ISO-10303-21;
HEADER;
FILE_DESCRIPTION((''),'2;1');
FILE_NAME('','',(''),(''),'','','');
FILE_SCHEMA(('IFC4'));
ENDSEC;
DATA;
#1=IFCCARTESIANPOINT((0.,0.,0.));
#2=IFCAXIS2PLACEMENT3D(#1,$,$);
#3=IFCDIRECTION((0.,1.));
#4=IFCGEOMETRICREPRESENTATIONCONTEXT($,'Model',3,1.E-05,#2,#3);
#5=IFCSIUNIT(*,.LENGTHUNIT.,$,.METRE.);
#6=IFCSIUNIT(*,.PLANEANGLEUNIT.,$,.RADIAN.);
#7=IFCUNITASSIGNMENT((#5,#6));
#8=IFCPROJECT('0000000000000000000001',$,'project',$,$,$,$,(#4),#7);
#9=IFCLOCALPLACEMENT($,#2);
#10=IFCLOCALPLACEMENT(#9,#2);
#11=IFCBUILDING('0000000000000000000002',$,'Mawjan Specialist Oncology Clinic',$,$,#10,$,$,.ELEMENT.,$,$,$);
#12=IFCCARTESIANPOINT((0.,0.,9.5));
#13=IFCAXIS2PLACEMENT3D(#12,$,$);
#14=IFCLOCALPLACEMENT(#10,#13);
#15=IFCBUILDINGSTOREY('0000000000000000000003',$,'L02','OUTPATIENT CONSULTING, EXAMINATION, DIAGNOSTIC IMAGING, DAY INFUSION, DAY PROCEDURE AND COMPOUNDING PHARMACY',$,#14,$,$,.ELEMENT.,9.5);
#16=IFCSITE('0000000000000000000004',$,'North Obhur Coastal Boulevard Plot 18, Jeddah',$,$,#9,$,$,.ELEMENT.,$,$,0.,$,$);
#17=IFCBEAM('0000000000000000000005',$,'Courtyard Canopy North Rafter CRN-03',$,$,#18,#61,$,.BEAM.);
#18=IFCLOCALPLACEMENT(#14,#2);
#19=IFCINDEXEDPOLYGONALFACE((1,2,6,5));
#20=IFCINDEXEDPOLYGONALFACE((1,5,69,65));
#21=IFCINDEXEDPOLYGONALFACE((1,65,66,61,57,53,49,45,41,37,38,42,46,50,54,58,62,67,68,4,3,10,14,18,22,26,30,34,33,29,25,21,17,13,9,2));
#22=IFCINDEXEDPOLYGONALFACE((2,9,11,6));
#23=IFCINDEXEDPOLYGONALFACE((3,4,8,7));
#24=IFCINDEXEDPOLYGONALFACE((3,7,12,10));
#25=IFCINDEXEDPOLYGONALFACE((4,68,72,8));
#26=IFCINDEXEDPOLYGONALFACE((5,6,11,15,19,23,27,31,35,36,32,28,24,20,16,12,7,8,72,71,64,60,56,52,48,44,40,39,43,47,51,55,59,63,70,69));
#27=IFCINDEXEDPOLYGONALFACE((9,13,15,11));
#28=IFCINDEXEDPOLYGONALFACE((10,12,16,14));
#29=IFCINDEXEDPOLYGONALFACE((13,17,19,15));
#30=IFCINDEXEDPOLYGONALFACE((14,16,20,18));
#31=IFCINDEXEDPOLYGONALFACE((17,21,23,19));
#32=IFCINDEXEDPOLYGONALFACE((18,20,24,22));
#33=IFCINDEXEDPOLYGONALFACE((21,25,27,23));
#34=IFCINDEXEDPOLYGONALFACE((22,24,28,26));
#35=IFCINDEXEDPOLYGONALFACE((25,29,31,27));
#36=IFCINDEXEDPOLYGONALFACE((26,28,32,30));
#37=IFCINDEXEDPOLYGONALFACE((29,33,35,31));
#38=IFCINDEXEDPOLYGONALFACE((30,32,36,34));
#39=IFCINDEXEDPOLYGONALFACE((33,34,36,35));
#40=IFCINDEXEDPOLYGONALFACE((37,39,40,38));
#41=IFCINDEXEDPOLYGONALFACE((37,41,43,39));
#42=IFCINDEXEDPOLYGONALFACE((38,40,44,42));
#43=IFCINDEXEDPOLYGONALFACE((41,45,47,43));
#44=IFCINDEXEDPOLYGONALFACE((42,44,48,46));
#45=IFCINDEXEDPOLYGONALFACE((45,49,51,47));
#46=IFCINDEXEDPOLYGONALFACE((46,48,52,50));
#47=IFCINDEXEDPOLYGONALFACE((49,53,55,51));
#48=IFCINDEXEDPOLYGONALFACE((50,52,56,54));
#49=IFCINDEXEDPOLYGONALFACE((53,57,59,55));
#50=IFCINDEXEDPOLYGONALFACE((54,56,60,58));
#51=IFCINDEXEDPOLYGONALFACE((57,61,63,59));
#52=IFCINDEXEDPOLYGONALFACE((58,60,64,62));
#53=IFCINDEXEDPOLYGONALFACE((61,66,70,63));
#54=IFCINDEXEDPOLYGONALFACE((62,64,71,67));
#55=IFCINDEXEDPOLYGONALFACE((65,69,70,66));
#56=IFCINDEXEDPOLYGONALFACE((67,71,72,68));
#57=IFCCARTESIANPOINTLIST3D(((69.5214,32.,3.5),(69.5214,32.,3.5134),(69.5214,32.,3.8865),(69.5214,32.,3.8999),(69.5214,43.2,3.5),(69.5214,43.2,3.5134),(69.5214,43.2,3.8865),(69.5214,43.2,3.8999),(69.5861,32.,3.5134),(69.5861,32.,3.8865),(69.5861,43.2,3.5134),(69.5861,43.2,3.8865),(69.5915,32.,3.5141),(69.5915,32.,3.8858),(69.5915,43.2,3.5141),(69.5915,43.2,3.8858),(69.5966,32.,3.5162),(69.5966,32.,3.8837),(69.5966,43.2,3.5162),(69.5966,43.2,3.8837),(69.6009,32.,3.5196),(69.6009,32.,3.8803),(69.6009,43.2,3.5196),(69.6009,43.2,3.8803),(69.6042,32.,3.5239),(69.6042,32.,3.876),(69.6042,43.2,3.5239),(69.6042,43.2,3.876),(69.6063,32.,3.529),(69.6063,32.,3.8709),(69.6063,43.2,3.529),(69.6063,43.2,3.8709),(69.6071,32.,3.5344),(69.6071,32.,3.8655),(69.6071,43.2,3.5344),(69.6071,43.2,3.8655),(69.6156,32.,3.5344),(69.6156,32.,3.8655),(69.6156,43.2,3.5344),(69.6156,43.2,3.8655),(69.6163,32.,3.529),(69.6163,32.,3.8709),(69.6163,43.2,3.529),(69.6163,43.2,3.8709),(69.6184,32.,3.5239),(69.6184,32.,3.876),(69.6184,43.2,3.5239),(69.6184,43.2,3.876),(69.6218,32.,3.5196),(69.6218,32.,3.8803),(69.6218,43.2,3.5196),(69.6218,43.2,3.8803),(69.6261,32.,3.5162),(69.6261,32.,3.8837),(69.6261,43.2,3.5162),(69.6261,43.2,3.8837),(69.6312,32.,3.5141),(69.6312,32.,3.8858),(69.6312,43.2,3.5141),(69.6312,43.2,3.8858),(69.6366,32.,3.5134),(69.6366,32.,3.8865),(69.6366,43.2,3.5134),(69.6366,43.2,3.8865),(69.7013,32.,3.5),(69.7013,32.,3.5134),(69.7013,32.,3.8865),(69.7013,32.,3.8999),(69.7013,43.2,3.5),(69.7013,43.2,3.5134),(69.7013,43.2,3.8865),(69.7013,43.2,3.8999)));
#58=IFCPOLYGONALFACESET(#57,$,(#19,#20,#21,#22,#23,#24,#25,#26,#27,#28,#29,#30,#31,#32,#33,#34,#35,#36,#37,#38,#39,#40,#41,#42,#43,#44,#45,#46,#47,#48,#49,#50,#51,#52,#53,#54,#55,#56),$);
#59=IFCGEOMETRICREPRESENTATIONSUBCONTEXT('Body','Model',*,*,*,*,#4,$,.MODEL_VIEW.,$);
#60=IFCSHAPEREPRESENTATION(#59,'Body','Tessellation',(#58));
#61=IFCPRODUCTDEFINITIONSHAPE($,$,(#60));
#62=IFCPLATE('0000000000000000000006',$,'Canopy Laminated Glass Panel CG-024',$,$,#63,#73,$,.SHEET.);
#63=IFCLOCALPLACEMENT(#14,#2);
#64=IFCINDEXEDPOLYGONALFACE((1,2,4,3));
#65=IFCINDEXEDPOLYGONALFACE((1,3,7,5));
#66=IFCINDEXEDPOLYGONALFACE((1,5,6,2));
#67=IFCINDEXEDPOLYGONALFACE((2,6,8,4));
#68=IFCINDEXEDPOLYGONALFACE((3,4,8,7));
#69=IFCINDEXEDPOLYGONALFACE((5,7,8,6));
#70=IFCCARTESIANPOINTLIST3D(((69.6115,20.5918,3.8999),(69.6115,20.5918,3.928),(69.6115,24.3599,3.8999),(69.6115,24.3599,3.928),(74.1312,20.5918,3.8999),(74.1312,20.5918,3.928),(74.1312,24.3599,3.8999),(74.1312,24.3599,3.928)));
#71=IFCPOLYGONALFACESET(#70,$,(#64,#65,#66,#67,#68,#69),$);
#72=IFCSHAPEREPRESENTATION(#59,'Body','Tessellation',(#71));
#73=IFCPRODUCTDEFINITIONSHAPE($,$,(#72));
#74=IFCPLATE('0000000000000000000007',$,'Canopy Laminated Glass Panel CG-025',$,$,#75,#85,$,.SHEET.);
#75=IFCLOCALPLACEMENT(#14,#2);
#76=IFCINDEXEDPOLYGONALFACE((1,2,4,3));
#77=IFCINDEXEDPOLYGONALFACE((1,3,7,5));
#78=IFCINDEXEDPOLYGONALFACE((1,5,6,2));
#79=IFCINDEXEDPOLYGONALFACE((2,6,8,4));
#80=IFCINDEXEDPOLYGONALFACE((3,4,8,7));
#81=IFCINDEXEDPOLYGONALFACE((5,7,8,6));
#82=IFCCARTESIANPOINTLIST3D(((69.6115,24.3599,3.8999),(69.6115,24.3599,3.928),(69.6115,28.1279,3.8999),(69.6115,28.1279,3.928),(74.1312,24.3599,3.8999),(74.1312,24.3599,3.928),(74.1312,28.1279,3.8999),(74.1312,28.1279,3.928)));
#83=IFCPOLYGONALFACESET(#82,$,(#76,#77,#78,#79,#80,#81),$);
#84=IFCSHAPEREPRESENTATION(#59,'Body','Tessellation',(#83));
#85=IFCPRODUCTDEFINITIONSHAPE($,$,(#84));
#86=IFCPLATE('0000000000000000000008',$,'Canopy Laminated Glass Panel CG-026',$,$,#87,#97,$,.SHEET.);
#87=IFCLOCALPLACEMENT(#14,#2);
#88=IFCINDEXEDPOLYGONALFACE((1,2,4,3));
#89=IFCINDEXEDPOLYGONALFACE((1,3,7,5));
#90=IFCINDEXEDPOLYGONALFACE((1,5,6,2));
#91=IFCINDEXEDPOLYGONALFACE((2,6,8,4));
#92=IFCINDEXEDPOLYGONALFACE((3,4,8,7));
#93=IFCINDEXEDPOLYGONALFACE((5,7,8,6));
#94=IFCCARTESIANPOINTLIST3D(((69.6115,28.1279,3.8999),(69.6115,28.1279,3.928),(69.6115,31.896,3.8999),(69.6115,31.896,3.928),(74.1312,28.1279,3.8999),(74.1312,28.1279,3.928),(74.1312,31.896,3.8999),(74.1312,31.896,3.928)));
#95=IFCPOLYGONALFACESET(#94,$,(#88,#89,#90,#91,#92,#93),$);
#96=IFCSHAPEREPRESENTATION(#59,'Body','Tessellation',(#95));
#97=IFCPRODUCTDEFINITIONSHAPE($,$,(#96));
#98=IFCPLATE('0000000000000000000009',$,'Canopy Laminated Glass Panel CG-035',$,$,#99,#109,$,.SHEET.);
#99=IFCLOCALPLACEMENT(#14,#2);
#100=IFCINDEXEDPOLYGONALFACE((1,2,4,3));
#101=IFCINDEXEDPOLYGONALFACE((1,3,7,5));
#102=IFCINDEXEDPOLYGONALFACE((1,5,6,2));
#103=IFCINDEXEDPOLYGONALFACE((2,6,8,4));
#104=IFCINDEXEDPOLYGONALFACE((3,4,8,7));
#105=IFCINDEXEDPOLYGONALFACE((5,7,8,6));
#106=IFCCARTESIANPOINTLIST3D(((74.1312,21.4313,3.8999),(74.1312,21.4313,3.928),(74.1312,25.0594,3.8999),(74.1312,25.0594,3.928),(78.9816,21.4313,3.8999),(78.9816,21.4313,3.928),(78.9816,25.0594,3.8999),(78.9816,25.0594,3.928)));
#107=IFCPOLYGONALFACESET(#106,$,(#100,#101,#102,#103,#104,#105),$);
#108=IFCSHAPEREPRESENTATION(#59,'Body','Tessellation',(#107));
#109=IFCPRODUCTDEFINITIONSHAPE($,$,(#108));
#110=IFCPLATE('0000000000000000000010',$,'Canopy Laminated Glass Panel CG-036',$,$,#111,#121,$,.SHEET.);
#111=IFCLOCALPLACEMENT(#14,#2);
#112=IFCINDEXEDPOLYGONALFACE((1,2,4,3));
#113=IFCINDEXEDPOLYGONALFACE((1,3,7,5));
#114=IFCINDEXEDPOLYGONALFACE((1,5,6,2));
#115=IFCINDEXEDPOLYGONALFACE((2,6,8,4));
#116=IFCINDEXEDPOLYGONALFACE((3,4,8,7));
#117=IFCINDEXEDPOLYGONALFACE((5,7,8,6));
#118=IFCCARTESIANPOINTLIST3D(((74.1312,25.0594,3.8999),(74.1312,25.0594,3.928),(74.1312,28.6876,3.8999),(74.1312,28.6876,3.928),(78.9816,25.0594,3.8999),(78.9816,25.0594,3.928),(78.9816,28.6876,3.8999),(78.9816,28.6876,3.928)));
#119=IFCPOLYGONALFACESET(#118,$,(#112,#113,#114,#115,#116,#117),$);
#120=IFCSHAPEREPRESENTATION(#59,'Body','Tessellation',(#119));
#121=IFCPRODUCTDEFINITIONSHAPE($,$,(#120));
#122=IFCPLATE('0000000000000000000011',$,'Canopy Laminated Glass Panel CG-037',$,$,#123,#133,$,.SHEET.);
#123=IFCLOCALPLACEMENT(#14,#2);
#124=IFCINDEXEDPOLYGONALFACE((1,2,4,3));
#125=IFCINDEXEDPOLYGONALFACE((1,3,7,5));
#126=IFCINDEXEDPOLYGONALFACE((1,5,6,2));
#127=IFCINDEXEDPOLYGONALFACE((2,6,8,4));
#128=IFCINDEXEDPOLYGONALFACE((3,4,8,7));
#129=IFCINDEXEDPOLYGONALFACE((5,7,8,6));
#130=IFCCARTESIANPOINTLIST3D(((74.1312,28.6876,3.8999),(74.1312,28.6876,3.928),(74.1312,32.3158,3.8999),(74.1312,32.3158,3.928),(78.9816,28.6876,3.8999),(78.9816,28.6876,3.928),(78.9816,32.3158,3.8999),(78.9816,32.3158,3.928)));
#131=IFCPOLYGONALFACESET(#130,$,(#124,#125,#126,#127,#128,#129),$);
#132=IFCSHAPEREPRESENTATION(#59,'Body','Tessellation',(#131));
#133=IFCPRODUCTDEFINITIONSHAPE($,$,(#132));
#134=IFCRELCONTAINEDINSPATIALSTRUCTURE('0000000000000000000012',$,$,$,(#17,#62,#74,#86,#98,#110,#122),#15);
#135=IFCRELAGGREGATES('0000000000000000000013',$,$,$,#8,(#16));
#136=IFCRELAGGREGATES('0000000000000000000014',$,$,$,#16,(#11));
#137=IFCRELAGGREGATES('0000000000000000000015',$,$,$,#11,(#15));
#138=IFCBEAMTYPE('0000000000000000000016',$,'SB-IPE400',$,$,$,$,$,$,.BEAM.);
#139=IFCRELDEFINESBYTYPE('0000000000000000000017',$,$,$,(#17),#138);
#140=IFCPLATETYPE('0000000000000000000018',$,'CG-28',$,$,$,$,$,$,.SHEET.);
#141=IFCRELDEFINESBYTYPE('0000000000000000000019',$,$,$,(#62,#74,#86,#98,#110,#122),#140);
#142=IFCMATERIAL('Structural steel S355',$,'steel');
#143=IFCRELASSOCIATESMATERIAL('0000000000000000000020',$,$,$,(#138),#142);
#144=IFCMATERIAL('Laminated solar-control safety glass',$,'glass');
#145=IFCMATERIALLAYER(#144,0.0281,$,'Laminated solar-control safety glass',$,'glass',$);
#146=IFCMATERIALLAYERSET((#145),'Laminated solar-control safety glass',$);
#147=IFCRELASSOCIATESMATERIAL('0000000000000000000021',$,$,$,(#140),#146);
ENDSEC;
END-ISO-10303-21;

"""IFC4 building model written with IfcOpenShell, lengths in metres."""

from ifc_helpers import new_model, si_unit, direction, frame, origin, origin_2d, place, context, subcontext, project, spatial, rectangle, i_section, extrude, material, layer, layer_set, material_profile, profile_set, type_object, element, save


model = new_model("IFC4")

# Units and contexts
model_context = context("Model", 3, precision=1e-05, world=origin(), true_north=direction((0.0, 1.0)))
body_context = subcontext(model_context, "Body", "Model", "MODEL_VIEW")
ifc_project = project(units=[si_unit("LENGTHUNIT", "METRE"), si_unit("PLANEANGLEUNIT", "RADIAN")], contexts=[model_context])

# Site, building, storey
site_placement = place(None, origin())
site = spatial("IfcSite", under=ifc_project, at=site_placement, Name="North Obhur Coastal Boulevard Plot 18, Jeddah", CompositionType="ELEMENT", RefElevation=0.0)
building_placement = place(site_placement, origin())
building = spatial("IfcBuilding", under=site, at=building_placement, Name="Mawjan Specialist Oncology Clinic", CompositionType="ELEMENT")
storey_placement = place(building_placement, frame((0.0, 0.0, 9.5)))
storey = spatial("IfcBuildingStorey", under=building, at=storey_placement, Name="L02", Description="OUTPATIENT CONSULTING, EXAMINATION, DIAGNOSTIC IMAGING, DAY INFUSION, DAY PROCEDURE AND COMPOUNDING PHARMACY", CompositionType="ELEMENT", Elevation=9.5)

# Beam
ifc_material_1 = material(Name="Structural steel S355", Category="steel")
ifc_material_profile_1 = material_profile(ifc_material_1, i_section(OverallWidth=0.1799, OverallDepth=0.3999, WebThickness=0.0085, FlangeThickness=0.0134, FilletRadius=0.021, at=origin_2d()), Name="IPE 400", Category="steel")
ifc_profile_set_1 = profile_set([ifc_material_profile_1], Name="Structural steel S355")
beam_type_1 = type_object("IfcBeamType", Name="SB-IPE400", PredefinedType="BEAM", material=ifc_profile_set_1)
beam_1_placement = place(storey_placement, frame((69.6113, 32.0, 3.7), z_axis=(0.0, 1.0, 0.0), x_axis=(-1.0, 0.0, 0.0)))
element("IfcBeam", 1, at=beam_1_placement, inside=storey, type_object=beam_type_1, Name="Courtyard Canopy North Rafter CRN-03", PredefinedType="BEAM", context=body_context, shape_type="SweptSolid", body=[
    extrude(i_section(OverallWidth=0.1799, OverallDepth=0.3999, WebThickness=0.0085, FlangeThickness=0.0134, FilletRadius=0.021, at=origin_2d()), origin(), (0.0, 0.0, 1.0), 11.2),
])

# Plates
ifc_material_2 = material(Name="Laminated solar-control safety glass", Category="glass")
ifc_layer = layer(ifc_material_2, 0.0281, Name="Laminated solar-control safety glass", Category="glass")
ifc_layer_set = layer_set([ifc_layer], Name="Laminated solar-control safety glass")
plate_type = type_object("IfcPlateType", Name="CG-28", PredefinedType="SHEET", material=ifc_layer_set)
for number, where, z_axis, x_axis, name in (
    (2, (71.8713, 22.4758, 3.8999), (0.0, 0.0, 1.0), (1.0, 0.0, 0.0), "Canopy Laminated Glass Panel CG-024"),
    (3, (71.8713, 26.2439, 3.8999), (0.0, 0.0, 1.0), (1.0, 0.0, 0.0), "Canopy Laminated Glass Panel CG-025"),
    (4, (71.8713, 30.012, 3.8999), (0.0, 0.0, 1.0), (1.0, 0.0, 0.0), "Canopy Laminated Glass Panel CG-026"),
):
    element("IfcPlate", number, at=place(storey_placement, frame(where, z_axis=z_axis, x_axis=x_axis)), inside=storey, type_object=plate_type, Name=name, PredefinedType="SHEET", context=body_context, shape_type="SweptSolid", body=[
        extrude(rectangle(XDim=4.5198, YDim=3.7681, at=origin_2d()), origin(), (0.0, 0.0, 1.0), 0.0281),
    ])
for number, where, z_axis, x_axis, name in (
    (5, (76.5564, 23.2454, 3.8999), (0.0, 0.0, 1.0), (1.0, 0.0, 0.0), "Canopy Laminated Glass Panel CG-035"),
    (6, (76.5564, 26.8735, 3.8999), (0.0, 0.0, 1.0), (1.0, 0.0, 0.0), "Canopy Laminated Glass Panel CG-036"),
    (7, (76.5564, 30.5017, 3.8999), (0.0, 0.0, 1.0), (1.0, 0.0, 0.0), "Canopy Laminated Glass Panel CG-037"),
):
    element("IfcPlate", number, at=place(storey_placement, frame(where, z_axis=z_axis, x_axis=x_axis)), inside=storey, type_object=plate_type, Name=name, PredefinedType="SHEET", context=body_context, shape_type="SweptSolid", body=[
        extrude(rectangle(XDim=4.8503, YDim=3.6282, at=origin_2d()), origin(), (0.0, 0.0, 1.0), 0.0281),
    ])

save(model, "model.ifc")
